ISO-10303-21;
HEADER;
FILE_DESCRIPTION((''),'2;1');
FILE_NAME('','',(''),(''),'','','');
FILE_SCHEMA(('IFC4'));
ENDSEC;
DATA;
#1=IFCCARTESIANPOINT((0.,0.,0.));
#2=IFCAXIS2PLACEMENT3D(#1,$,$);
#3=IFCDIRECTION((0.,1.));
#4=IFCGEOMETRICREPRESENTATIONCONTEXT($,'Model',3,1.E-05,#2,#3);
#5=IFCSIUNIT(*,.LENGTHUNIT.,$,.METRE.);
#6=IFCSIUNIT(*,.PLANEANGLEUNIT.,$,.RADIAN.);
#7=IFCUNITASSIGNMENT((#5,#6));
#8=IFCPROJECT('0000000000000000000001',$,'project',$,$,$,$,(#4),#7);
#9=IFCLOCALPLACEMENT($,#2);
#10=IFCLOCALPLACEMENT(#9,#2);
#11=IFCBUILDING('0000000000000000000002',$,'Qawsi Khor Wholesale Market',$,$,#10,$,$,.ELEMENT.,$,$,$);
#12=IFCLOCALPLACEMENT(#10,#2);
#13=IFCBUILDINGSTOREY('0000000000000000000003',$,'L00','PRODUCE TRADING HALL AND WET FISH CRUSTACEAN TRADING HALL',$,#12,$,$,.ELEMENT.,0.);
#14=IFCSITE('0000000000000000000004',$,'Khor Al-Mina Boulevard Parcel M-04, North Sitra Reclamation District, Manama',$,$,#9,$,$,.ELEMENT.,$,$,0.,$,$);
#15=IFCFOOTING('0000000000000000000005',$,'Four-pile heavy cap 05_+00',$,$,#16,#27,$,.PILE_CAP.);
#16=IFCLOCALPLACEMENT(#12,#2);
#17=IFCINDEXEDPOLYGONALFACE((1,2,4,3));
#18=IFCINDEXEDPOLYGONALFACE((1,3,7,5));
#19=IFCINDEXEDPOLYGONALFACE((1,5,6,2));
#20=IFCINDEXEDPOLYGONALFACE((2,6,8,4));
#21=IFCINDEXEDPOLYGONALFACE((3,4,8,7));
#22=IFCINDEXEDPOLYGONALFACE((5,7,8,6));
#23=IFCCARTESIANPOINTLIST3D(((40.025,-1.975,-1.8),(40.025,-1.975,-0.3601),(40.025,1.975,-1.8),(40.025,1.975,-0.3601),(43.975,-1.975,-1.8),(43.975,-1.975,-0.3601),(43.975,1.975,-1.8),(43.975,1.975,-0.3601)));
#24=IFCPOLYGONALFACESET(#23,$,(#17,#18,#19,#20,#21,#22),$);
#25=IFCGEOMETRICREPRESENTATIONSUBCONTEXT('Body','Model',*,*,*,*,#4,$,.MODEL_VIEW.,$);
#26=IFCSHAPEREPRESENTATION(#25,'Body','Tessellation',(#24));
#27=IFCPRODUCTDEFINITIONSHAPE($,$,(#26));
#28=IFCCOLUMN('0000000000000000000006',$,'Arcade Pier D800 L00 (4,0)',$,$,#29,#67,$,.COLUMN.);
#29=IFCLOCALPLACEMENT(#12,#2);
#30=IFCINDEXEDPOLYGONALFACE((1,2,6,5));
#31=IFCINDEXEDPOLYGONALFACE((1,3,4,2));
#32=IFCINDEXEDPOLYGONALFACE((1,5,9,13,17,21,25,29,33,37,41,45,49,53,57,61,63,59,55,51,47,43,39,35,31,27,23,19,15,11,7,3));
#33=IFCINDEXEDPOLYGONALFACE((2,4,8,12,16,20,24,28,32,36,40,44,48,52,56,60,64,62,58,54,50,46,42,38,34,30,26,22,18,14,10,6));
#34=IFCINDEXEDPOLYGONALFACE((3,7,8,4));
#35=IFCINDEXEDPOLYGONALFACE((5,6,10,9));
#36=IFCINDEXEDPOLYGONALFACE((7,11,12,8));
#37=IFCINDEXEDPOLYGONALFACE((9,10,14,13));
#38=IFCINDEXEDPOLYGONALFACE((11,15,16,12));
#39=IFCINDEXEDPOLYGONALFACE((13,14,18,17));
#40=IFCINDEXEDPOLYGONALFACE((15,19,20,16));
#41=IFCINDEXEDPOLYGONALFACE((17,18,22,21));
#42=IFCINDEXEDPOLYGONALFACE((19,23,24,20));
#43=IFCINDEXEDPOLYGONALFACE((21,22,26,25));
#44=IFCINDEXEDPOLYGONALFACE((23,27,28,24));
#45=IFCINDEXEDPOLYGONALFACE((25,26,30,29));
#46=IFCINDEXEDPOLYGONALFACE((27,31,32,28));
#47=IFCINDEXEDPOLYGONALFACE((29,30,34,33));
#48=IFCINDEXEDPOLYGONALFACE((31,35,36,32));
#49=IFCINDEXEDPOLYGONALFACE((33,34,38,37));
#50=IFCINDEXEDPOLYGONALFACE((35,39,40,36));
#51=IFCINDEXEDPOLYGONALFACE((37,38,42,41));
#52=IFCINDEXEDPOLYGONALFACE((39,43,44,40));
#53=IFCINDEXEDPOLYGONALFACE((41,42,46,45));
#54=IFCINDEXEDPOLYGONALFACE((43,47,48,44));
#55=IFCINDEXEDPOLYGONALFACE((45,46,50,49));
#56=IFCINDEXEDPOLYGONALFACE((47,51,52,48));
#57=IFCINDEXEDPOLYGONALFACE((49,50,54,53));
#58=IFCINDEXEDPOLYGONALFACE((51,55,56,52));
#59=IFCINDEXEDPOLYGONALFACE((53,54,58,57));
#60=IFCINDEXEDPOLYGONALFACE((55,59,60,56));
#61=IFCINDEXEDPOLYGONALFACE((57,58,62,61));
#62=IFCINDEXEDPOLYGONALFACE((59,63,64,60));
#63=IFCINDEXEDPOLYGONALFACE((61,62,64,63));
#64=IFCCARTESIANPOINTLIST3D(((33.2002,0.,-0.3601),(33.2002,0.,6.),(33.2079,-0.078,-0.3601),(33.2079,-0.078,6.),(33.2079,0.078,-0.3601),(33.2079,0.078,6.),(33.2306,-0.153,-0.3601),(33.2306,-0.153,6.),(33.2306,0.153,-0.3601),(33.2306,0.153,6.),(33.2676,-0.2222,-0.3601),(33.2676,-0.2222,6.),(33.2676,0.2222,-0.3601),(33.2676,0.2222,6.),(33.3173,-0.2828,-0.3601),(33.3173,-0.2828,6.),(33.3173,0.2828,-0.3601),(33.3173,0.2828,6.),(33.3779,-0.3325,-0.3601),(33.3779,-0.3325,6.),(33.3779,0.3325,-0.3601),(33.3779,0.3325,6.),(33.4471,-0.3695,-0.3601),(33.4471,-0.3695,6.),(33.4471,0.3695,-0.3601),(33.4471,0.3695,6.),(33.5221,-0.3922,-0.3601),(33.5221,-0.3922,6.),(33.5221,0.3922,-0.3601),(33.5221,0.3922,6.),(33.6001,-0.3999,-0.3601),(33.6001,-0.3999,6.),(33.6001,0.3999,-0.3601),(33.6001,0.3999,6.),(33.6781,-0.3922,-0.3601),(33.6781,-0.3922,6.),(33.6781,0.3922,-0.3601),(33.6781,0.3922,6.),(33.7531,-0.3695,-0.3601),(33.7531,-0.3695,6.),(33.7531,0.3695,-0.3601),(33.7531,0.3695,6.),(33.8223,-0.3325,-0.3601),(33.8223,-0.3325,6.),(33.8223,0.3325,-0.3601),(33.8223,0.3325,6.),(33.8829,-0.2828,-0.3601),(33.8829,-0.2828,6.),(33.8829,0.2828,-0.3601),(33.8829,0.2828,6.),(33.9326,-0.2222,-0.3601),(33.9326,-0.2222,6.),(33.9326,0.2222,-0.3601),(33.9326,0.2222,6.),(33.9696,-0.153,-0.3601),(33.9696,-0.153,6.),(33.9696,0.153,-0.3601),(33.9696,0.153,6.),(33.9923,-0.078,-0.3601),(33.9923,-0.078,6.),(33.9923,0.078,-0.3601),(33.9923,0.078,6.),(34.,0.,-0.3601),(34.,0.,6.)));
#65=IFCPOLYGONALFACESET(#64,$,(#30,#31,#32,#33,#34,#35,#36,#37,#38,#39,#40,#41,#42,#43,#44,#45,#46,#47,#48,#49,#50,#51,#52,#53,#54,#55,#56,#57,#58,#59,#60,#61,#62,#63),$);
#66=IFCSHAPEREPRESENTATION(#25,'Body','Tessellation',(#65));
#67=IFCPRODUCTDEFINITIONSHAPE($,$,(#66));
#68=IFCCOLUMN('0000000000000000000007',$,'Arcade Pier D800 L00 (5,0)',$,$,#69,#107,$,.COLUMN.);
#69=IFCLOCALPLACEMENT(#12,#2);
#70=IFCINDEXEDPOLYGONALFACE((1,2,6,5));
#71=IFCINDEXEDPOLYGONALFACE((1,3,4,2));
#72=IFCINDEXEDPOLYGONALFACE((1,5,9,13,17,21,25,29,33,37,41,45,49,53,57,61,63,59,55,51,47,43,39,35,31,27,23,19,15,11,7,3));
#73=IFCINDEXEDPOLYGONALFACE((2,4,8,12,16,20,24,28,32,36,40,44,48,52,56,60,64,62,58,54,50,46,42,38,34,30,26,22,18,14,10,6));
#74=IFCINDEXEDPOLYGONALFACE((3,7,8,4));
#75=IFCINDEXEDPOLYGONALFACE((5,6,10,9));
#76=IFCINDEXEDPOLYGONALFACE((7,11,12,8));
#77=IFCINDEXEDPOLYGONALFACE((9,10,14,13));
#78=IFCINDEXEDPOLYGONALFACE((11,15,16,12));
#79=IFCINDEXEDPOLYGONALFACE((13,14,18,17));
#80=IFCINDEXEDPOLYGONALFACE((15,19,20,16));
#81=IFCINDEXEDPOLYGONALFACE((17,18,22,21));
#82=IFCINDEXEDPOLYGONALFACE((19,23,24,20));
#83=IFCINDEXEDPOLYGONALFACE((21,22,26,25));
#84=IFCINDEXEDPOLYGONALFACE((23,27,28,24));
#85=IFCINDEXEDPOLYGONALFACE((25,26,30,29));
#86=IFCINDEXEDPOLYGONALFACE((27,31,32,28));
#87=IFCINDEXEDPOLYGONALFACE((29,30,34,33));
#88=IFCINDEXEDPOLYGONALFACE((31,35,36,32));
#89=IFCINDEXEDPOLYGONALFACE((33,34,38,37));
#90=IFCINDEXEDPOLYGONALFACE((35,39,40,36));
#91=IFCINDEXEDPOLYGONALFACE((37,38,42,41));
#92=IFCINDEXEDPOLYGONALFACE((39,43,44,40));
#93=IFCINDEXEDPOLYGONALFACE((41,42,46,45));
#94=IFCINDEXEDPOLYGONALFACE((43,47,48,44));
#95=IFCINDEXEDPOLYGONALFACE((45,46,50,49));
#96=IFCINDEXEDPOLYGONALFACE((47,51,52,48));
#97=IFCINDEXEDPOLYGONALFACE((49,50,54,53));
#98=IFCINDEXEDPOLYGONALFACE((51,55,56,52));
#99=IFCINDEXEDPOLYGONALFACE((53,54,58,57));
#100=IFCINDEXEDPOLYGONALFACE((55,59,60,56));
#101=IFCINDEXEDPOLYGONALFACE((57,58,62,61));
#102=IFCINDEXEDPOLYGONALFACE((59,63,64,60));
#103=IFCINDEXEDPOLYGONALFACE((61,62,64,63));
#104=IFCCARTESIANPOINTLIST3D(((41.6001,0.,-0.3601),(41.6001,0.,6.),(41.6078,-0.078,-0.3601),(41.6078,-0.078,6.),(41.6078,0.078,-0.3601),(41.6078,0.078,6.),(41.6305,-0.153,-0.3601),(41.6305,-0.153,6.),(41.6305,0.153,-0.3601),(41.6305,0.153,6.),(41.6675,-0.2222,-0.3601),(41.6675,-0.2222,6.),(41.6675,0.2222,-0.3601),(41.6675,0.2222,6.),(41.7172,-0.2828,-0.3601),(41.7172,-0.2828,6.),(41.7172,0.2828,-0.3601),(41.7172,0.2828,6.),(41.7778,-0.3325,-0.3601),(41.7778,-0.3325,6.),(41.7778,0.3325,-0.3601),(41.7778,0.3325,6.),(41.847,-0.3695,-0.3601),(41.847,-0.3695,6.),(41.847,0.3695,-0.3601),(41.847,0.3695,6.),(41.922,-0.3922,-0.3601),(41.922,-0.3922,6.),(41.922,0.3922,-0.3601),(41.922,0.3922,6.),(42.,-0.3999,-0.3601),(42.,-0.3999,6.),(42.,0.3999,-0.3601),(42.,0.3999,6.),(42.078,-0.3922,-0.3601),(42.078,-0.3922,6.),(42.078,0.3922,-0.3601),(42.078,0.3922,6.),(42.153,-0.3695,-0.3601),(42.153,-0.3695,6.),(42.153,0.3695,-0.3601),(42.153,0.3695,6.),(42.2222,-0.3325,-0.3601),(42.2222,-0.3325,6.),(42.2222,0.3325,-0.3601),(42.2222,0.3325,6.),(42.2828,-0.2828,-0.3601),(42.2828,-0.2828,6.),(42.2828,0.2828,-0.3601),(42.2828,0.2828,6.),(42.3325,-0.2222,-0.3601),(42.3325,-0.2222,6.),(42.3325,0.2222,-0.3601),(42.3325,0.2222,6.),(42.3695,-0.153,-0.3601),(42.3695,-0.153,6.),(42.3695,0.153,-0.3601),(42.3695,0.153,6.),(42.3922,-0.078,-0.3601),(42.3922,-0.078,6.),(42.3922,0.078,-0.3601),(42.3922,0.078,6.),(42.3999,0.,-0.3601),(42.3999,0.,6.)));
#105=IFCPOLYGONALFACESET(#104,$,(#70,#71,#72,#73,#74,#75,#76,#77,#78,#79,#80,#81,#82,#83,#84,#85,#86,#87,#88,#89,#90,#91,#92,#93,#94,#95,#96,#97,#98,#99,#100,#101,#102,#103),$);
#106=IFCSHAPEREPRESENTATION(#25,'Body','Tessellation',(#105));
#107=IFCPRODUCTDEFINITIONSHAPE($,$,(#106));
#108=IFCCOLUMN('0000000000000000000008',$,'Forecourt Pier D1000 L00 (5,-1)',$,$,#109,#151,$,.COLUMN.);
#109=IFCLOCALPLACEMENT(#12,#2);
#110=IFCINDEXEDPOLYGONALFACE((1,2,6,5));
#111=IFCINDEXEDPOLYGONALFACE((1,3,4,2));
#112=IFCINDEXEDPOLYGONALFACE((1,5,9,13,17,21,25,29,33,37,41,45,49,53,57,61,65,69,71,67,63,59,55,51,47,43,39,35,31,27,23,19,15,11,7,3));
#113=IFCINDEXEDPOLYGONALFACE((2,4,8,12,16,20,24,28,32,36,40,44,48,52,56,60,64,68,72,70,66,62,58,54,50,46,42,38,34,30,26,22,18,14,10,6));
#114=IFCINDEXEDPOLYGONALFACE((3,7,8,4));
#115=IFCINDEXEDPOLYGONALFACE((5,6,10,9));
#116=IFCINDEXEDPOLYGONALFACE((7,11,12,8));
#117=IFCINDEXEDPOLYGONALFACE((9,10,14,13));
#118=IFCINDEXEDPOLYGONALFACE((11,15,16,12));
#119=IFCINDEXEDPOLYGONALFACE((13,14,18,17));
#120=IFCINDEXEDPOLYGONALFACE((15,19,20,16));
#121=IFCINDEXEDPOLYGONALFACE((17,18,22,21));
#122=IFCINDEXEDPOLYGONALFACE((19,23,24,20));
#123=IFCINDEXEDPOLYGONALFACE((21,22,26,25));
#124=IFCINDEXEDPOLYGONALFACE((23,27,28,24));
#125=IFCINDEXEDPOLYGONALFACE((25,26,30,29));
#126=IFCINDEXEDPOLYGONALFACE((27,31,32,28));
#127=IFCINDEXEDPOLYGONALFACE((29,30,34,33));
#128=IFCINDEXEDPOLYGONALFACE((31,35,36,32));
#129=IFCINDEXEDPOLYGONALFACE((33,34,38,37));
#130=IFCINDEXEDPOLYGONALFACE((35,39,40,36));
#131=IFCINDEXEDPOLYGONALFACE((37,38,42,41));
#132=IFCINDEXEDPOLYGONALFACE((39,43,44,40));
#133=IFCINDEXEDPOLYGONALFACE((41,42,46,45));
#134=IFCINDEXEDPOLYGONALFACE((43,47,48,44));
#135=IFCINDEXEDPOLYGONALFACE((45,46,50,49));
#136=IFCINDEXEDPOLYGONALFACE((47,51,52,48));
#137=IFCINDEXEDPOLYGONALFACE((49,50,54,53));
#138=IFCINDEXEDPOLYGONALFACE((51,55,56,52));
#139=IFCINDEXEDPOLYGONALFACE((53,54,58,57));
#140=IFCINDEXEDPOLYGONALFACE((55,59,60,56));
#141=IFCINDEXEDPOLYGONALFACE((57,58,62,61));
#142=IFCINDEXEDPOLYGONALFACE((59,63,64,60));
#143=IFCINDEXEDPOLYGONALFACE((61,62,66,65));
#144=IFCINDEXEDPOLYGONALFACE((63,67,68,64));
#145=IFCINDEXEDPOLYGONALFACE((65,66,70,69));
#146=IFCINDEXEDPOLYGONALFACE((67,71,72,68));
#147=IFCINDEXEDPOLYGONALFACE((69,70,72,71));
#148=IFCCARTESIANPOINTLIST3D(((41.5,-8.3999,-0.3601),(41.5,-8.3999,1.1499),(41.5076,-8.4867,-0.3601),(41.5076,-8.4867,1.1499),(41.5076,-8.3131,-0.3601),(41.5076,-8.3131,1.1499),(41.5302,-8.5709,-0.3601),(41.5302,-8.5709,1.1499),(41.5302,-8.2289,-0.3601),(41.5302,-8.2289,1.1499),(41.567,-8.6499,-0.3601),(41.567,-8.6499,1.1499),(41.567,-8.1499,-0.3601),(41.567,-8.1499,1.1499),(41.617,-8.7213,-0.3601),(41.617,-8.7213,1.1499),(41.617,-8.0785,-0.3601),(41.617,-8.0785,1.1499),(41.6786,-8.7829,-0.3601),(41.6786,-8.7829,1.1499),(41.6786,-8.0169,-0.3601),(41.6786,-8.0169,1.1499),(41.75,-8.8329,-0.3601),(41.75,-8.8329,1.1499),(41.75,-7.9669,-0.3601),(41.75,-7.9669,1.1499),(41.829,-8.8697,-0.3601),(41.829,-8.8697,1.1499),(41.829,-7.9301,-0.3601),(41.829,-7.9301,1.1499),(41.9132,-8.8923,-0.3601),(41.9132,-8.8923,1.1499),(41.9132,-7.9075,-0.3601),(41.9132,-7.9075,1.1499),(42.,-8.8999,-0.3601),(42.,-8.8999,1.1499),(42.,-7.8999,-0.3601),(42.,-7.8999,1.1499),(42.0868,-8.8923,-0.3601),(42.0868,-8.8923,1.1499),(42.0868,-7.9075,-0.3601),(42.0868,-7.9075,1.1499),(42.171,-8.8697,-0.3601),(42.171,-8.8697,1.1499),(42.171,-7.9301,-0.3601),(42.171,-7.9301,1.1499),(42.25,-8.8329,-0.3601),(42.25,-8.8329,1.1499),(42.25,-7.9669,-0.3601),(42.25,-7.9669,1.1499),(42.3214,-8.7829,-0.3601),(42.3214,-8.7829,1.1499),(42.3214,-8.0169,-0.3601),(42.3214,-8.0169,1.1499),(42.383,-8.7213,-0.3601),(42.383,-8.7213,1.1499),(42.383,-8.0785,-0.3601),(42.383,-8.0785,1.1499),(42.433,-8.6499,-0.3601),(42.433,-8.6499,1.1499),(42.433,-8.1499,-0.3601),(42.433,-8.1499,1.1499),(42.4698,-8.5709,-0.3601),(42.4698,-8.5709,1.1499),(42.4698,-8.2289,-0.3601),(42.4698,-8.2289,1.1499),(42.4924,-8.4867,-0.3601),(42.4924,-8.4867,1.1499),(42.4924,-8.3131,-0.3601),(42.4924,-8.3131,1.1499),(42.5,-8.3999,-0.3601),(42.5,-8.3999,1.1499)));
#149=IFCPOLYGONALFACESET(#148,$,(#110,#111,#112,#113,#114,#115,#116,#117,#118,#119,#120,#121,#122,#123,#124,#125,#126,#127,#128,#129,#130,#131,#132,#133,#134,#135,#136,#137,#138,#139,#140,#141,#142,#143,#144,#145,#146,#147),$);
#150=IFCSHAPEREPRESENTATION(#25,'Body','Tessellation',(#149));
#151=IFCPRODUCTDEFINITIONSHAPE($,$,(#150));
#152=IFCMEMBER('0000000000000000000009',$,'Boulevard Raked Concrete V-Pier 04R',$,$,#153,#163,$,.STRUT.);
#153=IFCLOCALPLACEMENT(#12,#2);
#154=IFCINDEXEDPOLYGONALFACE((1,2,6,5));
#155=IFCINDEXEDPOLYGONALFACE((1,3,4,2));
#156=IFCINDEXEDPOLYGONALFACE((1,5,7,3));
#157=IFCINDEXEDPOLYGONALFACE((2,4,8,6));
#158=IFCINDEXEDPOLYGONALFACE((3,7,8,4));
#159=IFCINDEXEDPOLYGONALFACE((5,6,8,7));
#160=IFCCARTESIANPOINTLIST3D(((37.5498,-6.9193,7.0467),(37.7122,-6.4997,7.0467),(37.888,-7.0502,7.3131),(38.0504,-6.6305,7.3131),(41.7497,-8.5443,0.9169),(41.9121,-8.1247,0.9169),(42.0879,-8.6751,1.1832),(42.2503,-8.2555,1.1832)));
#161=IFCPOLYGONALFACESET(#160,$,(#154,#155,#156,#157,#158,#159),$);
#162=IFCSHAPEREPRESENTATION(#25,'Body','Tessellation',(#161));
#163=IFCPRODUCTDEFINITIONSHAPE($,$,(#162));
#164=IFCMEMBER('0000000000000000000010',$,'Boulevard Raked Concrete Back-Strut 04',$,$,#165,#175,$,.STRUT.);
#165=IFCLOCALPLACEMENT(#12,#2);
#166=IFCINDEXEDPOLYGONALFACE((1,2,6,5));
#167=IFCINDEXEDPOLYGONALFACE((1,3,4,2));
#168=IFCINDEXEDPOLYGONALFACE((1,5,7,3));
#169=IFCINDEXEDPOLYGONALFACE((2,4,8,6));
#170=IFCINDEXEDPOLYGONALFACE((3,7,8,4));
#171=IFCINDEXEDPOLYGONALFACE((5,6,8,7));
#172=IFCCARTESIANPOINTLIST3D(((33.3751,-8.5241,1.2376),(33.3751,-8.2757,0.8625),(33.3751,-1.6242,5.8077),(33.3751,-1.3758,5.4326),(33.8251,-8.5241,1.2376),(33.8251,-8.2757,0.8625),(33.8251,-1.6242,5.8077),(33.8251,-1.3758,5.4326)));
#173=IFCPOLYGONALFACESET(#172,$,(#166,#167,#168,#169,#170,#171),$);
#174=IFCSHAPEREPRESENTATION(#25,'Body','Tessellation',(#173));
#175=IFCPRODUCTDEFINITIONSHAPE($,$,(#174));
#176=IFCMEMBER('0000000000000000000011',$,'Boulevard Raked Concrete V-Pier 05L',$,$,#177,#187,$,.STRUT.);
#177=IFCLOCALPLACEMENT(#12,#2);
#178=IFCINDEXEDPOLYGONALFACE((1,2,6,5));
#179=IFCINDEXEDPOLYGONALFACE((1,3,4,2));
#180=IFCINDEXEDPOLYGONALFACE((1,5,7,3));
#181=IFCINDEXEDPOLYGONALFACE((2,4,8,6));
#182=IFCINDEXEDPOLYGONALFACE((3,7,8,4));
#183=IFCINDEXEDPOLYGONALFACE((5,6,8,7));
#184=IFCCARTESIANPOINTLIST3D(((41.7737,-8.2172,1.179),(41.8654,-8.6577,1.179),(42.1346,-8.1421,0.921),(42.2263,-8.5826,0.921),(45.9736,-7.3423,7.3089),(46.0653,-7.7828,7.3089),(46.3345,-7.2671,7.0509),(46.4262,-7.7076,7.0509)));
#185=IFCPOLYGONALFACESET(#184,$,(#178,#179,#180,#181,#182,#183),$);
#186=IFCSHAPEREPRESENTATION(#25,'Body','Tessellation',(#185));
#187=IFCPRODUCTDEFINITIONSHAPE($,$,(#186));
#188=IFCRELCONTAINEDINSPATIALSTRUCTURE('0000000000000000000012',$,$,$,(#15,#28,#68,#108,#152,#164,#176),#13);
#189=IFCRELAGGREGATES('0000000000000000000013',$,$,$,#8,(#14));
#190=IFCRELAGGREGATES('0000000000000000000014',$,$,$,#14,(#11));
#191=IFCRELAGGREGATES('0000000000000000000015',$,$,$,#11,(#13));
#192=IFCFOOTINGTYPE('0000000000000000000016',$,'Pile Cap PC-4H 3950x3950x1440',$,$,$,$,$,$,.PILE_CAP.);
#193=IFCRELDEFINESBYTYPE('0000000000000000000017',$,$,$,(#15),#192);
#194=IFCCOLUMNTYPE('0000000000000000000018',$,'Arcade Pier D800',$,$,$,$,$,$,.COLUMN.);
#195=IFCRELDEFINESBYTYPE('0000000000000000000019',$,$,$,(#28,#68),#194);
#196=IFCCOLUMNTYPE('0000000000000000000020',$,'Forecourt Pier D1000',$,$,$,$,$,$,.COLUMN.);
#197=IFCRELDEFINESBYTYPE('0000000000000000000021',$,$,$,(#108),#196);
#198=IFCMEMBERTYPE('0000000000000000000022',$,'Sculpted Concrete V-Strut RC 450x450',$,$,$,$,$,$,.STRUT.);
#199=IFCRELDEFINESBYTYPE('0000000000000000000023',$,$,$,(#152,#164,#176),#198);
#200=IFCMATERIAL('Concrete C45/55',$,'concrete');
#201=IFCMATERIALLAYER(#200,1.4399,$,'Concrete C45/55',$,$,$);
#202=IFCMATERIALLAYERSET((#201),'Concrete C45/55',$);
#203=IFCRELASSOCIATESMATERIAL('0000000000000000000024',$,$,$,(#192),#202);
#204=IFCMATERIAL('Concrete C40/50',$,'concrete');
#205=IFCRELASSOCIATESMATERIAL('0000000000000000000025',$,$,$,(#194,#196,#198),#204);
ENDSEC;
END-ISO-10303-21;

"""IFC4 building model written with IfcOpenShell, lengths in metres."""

from ifc_helpers import new_model, si_unit, direction, frame, origin, origin_2d, place, context, subcontext, project, spatial, rectangle, circle, extrude, material, layer, layer_set, material_profile, profile_set, type_object, element, save


model = new_model("IFC4")

# Units and contexts
model_context = context("Model", 3, precision=1e-05, world=origin(), true_north=direction((0.0, 1.0)))
body_context = subcontext(model_context, "Body", "Model", "MODEL_VIEW")
ifc_project = project(units=[si_unit("LENGTHUNIT", "METRE"), si_unit("PLANEANGLEUNIT", "RADIAN")], contexts=[model_context])

# Site, building, storey
site_placement = place(None, origin())
site = spatial("IfcSite", under=ifc_project, at=site_placement, Name="Khor Al-Mina Boulevard Parcel M-04, North Sitra Reclamation District, Manama", CompositionType="ELEMENT", RefElevation=0.0)
building_placement = place(site_placement, origin())
building = spatial("IfcBuilding", under=site, at=building_placement, Name="Qawsi Khor Wholesale Market", CompositionType="ELEMENT")
storey_placement = place(building_placement, origin())
storey = spatial("IfcBuildingStorey", under=building, at=storey_placement, Name="L00", Description="PRODUCE TRADING HALL AND WET FISH CRUSTACEAN TRADING HALL", CompositionType="ELEMENT", Elevation=0.0)

# Shared definitions
ifc_material_1 = material(Name="Concrete C45/55", Category="concrete")

# Footing
ifc_layer_1 = layer(ifc_material_1, 1.4399, Name="Concrete C45/55")
ifc_layer_set_1 = layer_set([ifc_layer_1], Name="Concrete C45/55")
footing_type_1 = type_object("IfcFootingType", Name="Pile Cap PC-4H 3950x3950x1440", PredefinedType="PILE_CAP", material=ifc_layer_set_1)
for number, where, z_axis, x_axis, name in (
    (1, (42.0, 0.0, -1.8), (0.0, 0.0, 1.0), (1.0, 0.0, 0.0), "Four-pile heavy cap 05_+00"),
):
    element("IfcFooting", number, at=place(storey_placement, frame(where, z_axis=z_axis, x_axis=x_axis)), inside=storey, type_object=footing_type_1, Name=name, PredefinedType="PILE_CAP", context=body_context, shape_type="SweptSolid", body=[
        extrude(rectangle(XDim=3.95, YDim=3.95, at=origin_2d()), origin(), (0.0, 0.0, 1.0), 1.4399),
    ])

# Columns
ifc_material_2 = material(Name="Concrete C40/50", Category="concrete")
ifc_material_profile_1 = material_profile(ifc_material_2, circle(Radius=0.3999, at=origin_2d()), Name="RC COL D800")
ifc_profile_set_1 = profile_set([ifc_material_profile_1], Name="Concrete C40/50")
column_type_1 = type_object("IfcColumnType", Name="Arcade Pier D800", PredefinedType="COLUMN", material=ifc_profile_set_1)
for number, where, z_axis, x_axis, name in (
    (2, (33.6001, 0.0, -0.3601), (0.0, 0.0, 1.0), (1.0, 0.0, 0.0), "Arcade Pier D800 L00 (4,0)"),
    (3, (42.0, 0.0, -0.3601), (0.0, 0.0, 1.0), (1.0, 0.0, 0.0), "Arcade Pier D800 L00 (5,0)"),
):
    element("IfcColumn", number, at=place(storey_placement, frame(where, z_axis=z_axis, x_axis=x_axis)), inside=storey, type_object=column_type_1, Name=name, PredefinedType="COLUMN", context=body_context, shape_type="SweptSolid", body=[
        extrude(circle(Radius=0.3999, at=origin_2d()), origin(), (0.0, 0.0, 1.0), 6.3601),
    ])
ifc_material_profile_2 = material_profile(ifc_material_2, circle(Radius=0.5, at=origin_2d()), Name="RC COL D1000")
ifc_profile_set_2 = profile_set([ifc_material_profile_2], Name="Concrete C40/50")
column_type_2 = type_object("IfcColumnType", Name="Forecourt Pier D1000", PredefinedType="COLUMN", material=ifc_profile_set_2)
column_placement = place(storey_placement, frame((42.0, -8.3999, -0.3601), z_axis=(0.0, 0.0, 1.0), x_axis=(1.0, 0.0, 0.0)))
element("IfcColumn", 4, at=column_placement, inside=storey, type_object=column_type_2, Name="Forecourt Pier D1000 L00 (5,-1)", PredefinedType="COLUMN", context=body_context, shape_type="SweptSolid", body=[
    extrude(circle(Radius=0.5, at=origin_2d()), origin(), (0.0, 0.0, 1.0), 1.51),
])

# Members
ifc_material_profile_3 = material_profile(ifc_material_2, rectangle(XDim=0.45, YDim=0.45, at=origin_2d()), Name="RC 450x450")
ifc_profile_set_3 = profile_set([ifc_material_profile_3], Name="Concrete C40/50")
member_type = type_object("IfcMemberType", Name="Sculpted Concrete V-Strut RC 450x450", PredefinedType="STRUT", material=ifc_profile_set_3)
member_1_placement = place(storey_placement, frame((42.0, -8.3999, 1.05), z_axis=(-0.552168, 0.213639, 0.805896), x_axis=(-0.360842, -0.932627, 0.0)))
element("IfcMember", 5, at=member_1_placement, inside=storey, type_object=member_type, Name="Boulevard Raked Concrete V-Pier 04R", PredefinedType="STRUT", context=body_context, shape_type="SweptSolid", body=[
    extrude(rectangle(XDim=0.45, YDim=0.45, at=origin_2d()), origin(), (0.0, 0.0, 1.0), 7.6062),
])
member_2_placement = place(storey_placement, frame((33.6001, -8.3999, 1.05), z_axis=(0.0, 0.833712, 0.552199), x_axis=(-1.0, 0.0, 0.0)))
element("IfcMember", 6, at=member_2_placement, inside=storey, type_object=member_type, Name="Boulevard Raked Concrete Back-Strut 04", PredefinedType="STRUT", context=body_context, shape_type="SweptSolid", body=[
    extrude(rectangle(XDim=0.45, YDim=0.45, at=origin_2d()), origin(), (0.0, 0.0, 1.0), 8.2761),
])
member_3_placement = place(storey_placement, frame((42.0, -8.3999, 1.05), z_axis=(0.561339, 0.116947, 0.819281), x_axis=(-0.203957, 0.97898, 0.0)))
element("IfcMember", 7, at=member_3_placement, inside=storey, type_object=member_type, Name="Boulevard Raked Concrete V-Pier 05L", PredefinedType="STRUT", context=body_context, shape_type="SweptSolid", body=[
    extrude(rectangle(XDim=0.45, YDim=0.45, at=origin_2d()), origin(), (0.0, 0.0, 1.0), 7.4819),
])

save(model, "model.ifc")
